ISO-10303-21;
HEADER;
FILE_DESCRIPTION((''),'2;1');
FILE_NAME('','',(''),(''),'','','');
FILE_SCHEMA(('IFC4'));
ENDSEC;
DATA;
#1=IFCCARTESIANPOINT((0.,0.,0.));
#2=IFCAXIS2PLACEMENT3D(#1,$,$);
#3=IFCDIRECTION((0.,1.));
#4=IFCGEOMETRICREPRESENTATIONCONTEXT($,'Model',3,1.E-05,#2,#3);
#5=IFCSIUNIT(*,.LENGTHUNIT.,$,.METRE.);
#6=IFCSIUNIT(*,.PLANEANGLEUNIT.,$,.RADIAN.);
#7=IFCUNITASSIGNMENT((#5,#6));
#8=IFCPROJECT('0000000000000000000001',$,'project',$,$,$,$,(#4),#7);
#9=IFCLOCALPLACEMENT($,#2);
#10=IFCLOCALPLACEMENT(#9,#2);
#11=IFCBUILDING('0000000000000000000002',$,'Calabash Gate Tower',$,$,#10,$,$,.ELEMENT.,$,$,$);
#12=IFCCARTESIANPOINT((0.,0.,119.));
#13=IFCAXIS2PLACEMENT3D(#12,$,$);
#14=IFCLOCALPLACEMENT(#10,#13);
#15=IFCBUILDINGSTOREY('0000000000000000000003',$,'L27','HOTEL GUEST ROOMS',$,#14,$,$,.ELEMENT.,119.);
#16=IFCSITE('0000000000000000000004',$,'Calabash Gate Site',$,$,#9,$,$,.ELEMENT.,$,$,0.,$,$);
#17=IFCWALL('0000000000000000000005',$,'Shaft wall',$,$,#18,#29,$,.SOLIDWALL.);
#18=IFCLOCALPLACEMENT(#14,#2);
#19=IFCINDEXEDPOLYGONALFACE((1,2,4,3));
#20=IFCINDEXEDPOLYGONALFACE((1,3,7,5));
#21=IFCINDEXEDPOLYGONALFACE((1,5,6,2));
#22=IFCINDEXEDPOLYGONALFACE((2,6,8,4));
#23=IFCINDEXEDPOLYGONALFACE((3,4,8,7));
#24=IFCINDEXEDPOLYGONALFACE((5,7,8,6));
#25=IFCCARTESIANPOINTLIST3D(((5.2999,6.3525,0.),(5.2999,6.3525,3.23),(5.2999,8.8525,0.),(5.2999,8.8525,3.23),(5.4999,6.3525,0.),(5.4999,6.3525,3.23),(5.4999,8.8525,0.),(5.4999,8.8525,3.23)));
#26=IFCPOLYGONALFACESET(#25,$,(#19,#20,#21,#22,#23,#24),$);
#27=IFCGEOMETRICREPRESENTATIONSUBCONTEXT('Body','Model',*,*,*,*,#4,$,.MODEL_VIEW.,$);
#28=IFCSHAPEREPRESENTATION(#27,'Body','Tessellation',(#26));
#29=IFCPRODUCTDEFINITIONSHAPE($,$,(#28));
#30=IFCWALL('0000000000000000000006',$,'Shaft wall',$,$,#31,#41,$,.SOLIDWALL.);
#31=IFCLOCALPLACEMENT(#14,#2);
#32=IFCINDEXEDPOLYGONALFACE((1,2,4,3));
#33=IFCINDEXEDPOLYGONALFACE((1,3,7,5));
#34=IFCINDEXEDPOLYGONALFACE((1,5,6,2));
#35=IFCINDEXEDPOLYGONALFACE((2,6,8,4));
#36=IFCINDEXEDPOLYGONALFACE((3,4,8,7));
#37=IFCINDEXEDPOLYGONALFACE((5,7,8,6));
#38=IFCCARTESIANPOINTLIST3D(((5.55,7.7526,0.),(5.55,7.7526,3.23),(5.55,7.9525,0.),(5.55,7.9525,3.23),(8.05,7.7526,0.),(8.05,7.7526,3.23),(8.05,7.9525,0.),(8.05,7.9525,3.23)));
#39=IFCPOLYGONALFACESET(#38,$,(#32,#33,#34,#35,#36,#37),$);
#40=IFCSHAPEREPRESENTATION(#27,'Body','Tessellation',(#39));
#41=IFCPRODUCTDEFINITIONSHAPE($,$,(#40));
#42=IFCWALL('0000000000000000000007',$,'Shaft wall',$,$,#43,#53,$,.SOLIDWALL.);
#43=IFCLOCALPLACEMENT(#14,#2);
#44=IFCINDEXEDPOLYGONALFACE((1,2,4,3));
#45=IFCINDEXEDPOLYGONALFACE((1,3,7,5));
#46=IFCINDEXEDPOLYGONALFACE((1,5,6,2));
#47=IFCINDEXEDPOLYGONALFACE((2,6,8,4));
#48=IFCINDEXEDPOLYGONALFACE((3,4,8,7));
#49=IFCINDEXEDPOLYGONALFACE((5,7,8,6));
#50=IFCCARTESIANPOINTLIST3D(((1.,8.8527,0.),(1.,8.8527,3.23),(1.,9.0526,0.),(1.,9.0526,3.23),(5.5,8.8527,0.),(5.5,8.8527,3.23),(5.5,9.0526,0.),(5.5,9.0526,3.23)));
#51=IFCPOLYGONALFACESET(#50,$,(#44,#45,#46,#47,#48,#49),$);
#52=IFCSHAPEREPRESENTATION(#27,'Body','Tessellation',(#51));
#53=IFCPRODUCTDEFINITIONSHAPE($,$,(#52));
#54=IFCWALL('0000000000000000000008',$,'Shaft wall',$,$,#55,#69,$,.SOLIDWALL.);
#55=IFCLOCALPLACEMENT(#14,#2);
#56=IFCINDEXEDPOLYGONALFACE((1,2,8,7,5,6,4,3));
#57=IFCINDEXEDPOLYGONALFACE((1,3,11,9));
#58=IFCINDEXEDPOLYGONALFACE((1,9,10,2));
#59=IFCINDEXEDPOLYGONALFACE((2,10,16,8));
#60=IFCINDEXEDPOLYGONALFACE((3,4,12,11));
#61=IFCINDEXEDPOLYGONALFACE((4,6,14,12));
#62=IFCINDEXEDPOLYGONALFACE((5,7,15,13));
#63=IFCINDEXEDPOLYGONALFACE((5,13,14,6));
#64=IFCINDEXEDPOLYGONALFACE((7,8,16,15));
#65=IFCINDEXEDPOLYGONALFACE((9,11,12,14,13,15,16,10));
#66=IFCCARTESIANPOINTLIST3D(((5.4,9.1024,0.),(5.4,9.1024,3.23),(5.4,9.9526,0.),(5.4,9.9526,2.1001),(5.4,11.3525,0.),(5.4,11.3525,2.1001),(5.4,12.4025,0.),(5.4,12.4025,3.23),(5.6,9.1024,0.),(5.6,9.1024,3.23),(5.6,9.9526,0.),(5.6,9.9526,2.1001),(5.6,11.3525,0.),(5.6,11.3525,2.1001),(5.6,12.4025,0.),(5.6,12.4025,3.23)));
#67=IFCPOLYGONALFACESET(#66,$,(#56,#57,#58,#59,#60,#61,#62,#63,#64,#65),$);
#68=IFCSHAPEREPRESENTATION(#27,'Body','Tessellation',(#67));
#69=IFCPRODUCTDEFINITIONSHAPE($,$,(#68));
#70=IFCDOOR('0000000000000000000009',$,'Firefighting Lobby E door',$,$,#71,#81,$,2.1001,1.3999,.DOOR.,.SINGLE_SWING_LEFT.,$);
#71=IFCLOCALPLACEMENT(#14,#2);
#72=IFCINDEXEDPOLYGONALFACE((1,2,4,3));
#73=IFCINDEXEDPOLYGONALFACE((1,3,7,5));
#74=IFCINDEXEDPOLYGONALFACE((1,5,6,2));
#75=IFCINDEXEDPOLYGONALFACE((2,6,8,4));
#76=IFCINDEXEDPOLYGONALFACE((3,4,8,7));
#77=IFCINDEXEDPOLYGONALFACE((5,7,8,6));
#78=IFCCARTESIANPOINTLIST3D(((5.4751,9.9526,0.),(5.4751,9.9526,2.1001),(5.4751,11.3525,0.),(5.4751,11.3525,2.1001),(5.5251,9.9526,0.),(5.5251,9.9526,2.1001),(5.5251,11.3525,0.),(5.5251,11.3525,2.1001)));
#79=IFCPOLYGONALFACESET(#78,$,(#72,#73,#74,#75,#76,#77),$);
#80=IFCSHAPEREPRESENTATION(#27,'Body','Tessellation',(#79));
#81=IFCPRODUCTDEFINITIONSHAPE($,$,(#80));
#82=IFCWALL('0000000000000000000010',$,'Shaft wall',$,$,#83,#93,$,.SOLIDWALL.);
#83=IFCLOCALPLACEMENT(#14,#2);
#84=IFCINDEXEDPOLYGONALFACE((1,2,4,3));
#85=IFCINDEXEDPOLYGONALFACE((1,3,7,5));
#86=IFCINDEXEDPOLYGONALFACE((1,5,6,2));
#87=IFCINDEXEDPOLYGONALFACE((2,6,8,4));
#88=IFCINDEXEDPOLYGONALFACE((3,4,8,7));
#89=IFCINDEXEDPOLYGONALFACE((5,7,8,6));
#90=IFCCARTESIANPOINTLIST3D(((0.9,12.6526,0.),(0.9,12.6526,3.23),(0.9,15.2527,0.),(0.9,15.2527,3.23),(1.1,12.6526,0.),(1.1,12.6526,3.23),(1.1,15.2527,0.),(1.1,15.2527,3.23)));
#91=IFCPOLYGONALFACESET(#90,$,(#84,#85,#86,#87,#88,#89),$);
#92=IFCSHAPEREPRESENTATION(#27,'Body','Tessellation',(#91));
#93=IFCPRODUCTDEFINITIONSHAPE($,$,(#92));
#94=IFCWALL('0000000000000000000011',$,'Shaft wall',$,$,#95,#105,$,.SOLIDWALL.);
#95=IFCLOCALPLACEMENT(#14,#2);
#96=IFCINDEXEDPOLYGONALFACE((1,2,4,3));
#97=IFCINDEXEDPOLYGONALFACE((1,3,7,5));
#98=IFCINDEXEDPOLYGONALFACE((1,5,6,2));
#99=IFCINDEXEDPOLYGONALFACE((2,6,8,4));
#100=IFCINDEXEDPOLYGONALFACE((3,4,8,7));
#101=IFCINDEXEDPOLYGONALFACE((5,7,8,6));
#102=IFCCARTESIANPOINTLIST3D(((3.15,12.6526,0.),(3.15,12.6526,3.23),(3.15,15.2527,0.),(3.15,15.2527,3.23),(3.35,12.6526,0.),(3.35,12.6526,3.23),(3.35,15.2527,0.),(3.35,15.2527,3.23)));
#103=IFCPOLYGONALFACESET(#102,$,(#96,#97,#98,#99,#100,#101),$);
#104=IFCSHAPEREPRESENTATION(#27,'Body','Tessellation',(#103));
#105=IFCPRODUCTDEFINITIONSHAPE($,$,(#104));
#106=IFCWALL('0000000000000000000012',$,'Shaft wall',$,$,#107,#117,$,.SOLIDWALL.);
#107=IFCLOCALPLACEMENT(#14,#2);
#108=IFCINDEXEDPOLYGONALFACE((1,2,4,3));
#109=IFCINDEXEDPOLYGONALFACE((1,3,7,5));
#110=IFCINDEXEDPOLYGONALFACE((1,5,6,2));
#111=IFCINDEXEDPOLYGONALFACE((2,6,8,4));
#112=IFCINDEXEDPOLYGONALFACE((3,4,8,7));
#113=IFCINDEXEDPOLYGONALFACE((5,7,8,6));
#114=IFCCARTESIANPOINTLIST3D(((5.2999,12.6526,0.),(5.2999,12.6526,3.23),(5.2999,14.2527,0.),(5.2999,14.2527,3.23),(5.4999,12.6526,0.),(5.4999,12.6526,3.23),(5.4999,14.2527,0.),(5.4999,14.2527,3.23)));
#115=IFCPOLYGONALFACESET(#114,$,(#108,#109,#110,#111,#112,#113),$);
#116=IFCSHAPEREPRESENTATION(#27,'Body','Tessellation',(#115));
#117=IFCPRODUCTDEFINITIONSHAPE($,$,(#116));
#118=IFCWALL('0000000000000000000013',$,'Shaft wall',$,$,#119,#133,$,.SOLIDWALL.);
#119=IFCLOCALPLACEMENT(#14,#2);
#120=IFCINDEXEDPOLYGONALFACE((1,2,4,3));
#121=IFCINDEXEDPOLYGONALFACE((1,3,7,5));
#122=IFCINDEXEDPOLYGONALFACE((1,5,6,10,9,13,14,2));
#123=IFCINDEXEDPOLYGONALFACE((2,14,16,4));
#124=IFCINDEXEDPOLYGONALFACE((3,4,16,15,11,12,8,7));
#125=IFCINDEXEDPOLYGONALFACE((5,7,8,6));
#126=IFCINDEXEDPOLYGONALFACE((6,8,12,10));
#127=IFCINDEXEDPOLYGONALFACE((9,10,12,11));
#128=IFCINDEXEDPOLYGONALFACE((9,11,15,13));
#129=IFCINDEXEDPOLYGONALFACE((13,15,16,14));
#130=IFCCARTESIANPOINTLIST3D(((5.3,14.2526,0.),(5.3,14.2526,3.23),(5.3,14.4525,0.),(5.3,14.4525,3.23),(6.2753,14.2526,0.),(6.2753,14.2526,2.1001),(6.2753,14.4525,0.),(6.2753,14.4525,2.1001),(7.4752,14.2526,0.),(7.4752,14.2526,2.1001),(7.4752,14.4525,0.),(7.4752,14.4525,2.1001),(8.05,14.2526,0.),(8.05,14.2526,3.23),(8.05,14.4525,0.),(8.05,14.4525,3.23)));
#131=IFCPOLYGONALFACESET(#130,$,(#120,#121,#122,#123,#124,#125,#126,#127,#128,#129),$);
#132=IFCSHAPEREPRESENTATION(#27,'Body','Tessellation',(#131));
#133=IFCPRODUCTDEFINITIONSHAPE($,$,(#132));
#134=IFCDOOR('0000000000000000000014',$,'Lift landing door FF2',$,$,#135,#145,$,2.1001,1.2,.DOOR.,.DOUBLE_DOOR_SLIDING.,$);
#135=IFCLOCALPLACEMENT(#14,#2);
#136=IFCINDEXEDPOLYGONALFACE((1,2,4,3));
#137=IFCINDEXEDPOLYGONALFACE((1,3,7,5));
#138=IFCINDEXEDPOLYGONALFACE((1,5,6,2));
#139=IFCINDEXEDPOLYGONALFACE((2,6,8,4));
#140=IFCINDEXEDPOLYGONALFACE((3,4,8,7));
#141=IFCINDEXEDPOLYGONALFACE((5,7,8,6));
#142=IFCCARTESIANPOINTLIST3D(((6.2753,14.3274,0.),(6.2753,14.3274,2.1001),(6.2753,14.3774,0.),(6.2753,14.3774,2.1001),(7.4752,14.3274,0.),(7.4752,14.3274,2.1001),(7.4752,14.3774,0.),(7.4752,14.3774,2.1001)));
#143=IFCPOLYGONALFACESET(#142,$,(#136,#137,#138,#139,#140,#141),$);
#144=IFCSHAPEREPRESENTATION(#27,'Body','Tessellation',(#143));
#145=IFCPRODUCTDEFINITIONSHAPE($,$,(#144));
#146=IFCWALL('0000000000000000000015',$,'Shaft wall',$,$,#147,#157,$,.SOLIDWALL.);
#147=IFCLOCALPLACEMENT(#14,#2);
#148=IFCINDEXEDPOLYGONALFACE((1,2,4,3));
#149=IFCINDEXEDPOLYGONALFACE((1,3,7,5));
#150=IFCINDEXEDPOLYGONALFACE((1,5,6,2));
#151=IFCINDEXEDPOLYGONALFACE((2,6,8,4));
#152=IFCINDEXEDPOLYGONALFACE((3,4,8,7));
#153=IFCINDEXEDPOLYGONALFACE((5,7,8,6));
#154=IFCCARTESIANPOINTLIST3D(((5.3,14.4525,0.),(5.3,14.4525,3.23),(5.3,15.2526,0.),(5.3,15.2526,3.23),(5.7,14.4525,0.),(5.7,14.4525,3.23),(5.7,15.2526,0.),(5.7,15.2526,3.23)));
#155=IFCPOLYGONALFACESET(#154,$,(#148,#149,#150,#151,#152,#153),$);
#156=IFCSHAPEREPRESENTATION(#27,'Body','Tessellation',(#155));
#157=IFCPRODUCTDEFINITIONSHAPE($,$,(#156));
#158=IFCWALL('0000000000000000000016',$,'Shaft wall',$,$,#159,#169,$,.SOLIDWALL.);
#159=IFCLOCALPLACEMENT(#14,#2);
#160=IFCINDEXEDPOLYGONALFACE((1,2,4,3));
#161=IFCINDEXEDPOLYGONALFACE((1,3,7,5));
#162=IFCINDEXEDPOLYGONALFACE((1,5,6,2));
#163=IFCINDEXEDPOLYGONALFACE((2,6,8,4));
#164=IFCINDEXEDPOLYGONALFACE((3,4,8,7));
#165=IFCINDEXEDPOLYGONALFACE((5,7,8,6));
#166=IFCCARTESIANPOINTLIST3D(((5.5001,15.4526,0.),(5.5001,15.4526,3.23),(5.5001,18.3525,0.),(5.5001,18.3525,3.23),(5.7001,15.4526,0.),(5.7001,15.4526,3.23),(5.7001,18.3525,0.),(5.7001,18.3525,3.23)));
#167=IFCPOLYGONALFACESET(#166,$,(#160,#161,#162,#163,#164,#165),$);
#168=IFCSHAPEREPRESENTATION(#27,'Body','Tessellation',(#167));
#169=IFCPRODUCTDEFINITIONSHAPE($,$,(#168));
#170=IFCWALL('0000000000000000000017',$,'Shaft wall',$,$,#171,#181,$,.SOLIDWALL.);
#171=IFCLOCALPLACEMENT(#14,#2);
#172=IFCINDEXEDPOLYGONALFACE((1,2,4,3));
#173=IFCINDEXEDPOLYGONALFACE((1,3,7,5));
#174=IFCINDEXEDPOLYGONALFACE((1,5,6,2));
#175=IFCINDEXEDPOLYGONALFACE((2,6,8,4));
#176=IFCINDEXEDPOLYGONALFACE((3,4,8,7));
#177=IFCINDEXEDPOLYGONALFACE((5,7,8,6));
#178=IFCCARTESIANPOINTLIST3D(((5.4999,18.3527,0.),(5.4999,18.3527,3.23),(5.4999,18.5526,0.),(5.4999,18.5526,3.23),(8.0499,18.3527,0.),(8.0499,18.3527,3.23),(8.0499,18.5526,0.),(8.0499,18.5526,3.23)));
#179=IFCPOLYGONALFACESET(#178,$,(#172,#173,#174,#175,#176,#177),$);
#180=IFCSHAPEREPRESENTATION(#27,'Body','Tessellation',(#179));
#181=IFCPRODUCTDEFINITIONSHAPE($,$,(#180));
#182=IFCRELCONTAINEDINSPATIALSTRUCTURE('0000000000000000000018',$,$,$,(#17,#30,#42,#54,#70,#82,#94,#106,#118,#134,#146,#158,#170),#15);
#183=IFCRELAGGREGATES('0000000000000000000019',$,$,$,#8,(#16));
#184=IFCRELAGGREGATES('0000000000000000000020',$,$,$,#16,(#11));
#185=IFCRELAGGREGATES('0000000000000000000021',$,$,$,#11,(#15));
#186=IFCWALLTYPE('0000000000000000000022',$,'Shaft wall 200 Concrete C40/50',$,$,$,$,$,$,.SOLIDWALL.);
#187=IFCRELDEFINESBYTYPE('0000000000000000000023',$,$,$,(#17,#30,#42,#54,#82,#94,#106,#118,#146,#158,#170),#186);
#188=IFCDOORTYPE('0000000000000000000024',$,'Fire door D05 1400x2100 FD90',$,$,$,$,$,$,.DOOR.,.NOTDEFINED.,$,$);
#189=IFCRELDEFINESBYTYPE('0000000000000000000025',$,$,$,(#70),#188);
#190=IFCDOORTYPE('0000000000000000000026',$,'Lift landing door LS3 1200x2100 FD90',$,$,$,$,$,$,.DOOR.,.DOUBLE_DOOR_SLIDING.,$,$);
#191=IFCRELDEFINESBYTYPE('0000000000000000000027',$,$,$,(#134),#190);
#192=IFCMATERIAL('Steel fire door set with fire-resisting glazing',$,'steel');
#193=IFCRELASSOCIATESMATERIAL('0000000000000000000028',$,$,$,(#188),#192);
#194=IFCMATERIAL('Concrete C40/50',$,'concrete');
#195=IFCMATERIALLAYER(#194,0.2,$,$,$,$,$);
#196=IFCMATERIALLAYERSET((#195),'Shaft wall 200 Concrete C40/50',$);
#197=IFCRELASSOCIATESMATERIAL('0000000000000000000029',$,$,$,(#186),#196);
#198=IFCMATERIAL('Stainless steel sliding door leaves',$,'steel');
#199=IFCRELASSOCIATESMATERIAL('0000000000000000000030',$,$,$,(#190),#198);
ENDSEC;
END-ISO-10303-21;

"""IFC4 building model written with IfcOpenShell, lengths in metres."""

from ifc_helpers import new_model, si_unit, direction, frame, frame_2d, origin, place, context, subcontext, project, spatial, rectangle, extrude, material, layer, layer_set, type_object, element, fill, save


model = new_model("IFC4")

# Units and contexts
model_context = context("Model", 3, precision=1e-05, world=origin(), true_north=direction((0.0, 1.0)))
body_context = subcontext(model_context, "Body", "Model", "MODEL_VIEW")
ifc_project = project(units=[si_unit("LENGTHUNIT", "METRE"), si_unit("PLANEANGLEUNIT", "RADIAN")], contexts=[model_context])

# Site, building, storey
site_placement = place(None, origin())
site = spatial("IfcSite", under=ifc_project, at=site_placement, Name="Calabash Gate Site", CompositionType="ELEMENT", RefElevation=0.0)
building_placement = place(site_placement, origin())
building = spatial("IfcBuilding", under=site, at=building_placement, Name="Calabash Gate Tower", CompositionType="ELEMENT")
storey_placement = place(building_placement, frame((0.0, 0.0, 119.0)))
storey = spatial("IfcBuildingStorey", under=building, at=storey_placement, Name="L27", Description="HOTEL GUEST ROOMS", CompositionType="ELEMENT", Elevation=119.0)

# Shared definitions
ifc_material_1 = material(Name="Steel fire door set with fire-resisting glazing", Category="steel")
door_type_1 = type_object("IfcDoorType", Name="Fire door D05 1400x2100 FD90", OperationType="NOTDEFINED", PredefinedType="DOOR", material=ifc_material_1)

# Walls
ifc_material_2 = material(Name="Concrete C40/50", Category="concrete")
ifc_layer_1 = layer(ifc_material_2, 0.2)
ifc_layer_set_1 = layer_set([ifc_layer_1], Name="Shaft wall 200 Concrete C40/50")
wall_type_1 = type_object("IfcWallType", Name="Shaft wall 200 Concrete C40/50", PredefinedType="SOLIDWALL", material=ifc_layer_set_1)
for number, where, z_axis, x_axis, name in (
    (1, (5.3999, 6.3525, 0.0), (0.0, 0.0, 1.0), (0.0, 1.0, 0.0), "Shaft wall"),
    (2, (5.55, 7.8525, 0.0), (0.0, 0.0, 1.0), (1.0, 0.0, 0.0), "Shaft wall"),
):
    element("IfcWall", number, at=place(storey_placement, frame(where, z_axis=z_axis, x_axis=x_axis)), inside=storey, type_object=wall_type_1, Name=name, PredefinedType="SOLIDWALL", context=body_context, shape_type="SweptSolid", body=[
        extrude(rectangle(XDim=2.5, YDim=0.2, at=frame_2d((1.25, 0.0))), origin(), (0.0, 0.0, 1.0), 3.23),
    ])
wall_1_placement = place(storey_placement, frame((1.0, 8.9526, 0.0), z_axis=(0.0, 0.0, 1.0), x_axis=(1.0, 0.0, 0.0)))
element("IfcWall", 3, at=wall_1_placement, inside=storey, type_object=wall_type_1, Name="Shaft wall", PredefinedType="SOLIDWALL", context=body_context, shape_type="SweptSolid", body=[
    extrude(rectangle(XDim=4.5, YDim=0.2, at=frame_2d((2.25, 0.0))), origin(), (0.0, 0.0, 1.0), 3.23),
])

# Wall, opening, door
wall_2_placement = place(storey_placement, frame((5.5, 9.1025, 0.0), z_axis=(0.0, 0.0, 1.0), x_axis=(0.0, 1.0, 0.0)))
wall_2 = element("IfcWall", 4, at=wall_2_placement, inside=storey, type_object=wall_type_1, Name="Shaft wall", PredefinedType="SOLIDWALL", context=body_context, shape_type="SweptSolid", body=[
    extrude(rectangle(XDim=3.3, YDim=0.2, at=frame_2d((1.6499, 0.0))), origin(), (0.0, 0.0, 1.0), 3.23),
])
opening_1_placement = place(wall_2_placement, frame((0.8501, 0.0, 0.0)))
opening_1 = element("IfcOpeningElement", 5, at=opening_1_placement, cuts=wall_2, PredefinedType="OPENING", context=body_context, shape_type="SweptSolid", body=[
    extrude(rectangle(XDim=1.3999, YDim=2.1001, at=frame_2d((0.7, 1.05))), frame((0.0, 0.1099, 0.0), z_axis=(0.0, -1.0, 0.0), x_axis=(1.0, 0.0, 0.0)), (0.0, 0.0, 1.0), 0.22),
])
door_1_placement = place(opening_1_placement, origin())
door_1 = element("IfcDoor", 6, at=door_1_placement, inside=storey, type_object=door_type_1, Name="Firefighting Lobby E door", OperationType="SINGLE_SWING_LEFT", OverallHeight=2.1001, OverallWidth=1.3999, PredefinedType="DOOR", context=body_context, shape_type="SweptSolid", body=[
    extrude(rectangle(XDim=1.3999, YDim=2.1001, at=frame_2d((0.7, 1.05))), frame((0.0, 0.0249, 0.0), z_axis=(0.0, -1.0, 0.0), x_axis=(1.0, 0.0, 0.0)), (0.0, 0.0, 1.0), 0.05),
])
fill(opening_1, door_1)

# Walls
for number, where, z_axis, x_axis, name in (
    (7, (1.0, 12.6526, 0.0), (0.0, 0.0, 1.0), (0.0, 1.0, 0.0), "Shaft wall"),
    (8, (3.25, 12.6526, 0.0), (0.0, 0.0, 1.0), (0.0, 1.0, 0.0), "Shaft wall"),
):
    element("IfcWall", number, at=place(storey_placement, frame(where, z_axis=z_axis, x_axis=x_axis)), inside=storey, type_object=wall_type_1, Name=name, PredefinedType="SOLIDWALL", context=body_context, shape_type="SweptSolid", body=[
        extrude(rectangle(XDim=2.6001, YDim=0.2, at=frame_2d((1.3, 0.0))), origin(), (0.0, 0.0, 1.0), 3.23),
    ])
wall_3_placement = place(storey_placement, frame((5.3999, 12.6526, 0.0), z_axis=(0.0, 0.0, 1.0), x_axis=(0.0, 1.0, 0.0)))
element("IfcWall", 9, at=wall_3_placement, inside=storey, type_object=wall_type_1, Name="Shaft wall", PredefinedType="SOLIDWALL", context=body_context, shape_type="SweptSolid", body=[
    extrude(rectangle(XDim=1.6001, YDim=0.2, at=frame_2d((0.8, 0.0))), origin(), (0.0, 0.0, 1.0), 3.23),
])

# Wall, opening, door
wall_4_placement = place(storey_placement, frame((5.3, 14.3525, 0.0), z_axis=(0.0, 0.0, 1.0), x_axis=(1.0, 0.0, 0.0)))
wall_4 = element("IfcWall", 10, at=wall_4_placement, inside=storey, type_object=wall_type_1, Name="Shaft wall", PredefinedType="SOLIDWALL", context=body_context, shape_type="SweptSolid", body=[
    extrude(rectangle(XDim=2.75, YDim=0.2, at=frame_2d((1.375, 0.0))), origin(), (0.0, 0.0, 1.0), 3.23),
])
opening_2_placement = place(wall_4_placement, frame((0.9751, 0.0, 0.0)))
opening_2 = element("IfcOpeningElement", 11, at=opening_2_placement, cuts=wall_4, PredefinedType="OPENING", context=body_context, shape_type="SweptSolid", body=[
    extrude(rectangle(XDim=1.2, YDim=2.1001, at=frame_2d((0.6001, 1.05))), frame((0.0, 0.1099, 0.0), z_axis=(0.0, -1.0, 0.0), x_axis=(1.0, 0.0, 0.0)), (0.0, 0.0, 1.0), 0.22),
])
ifc_material_3 = material(Name="Stainless steel sliding door leaves", Category="steel")
door_type_2 = type_object("IfcDoorType", Name="Lift landing door LS3 1200x2100 FD90", OperationType="DOUBLE_DOOR_SLIDING", PredefinedType="DOOR", material=ifc_material_3)
door_2_placement = place(opening_2_placement, origin())
door_2 = element("IfcDoor", 12, at=door_2_placement, inside=storey, type_object=door_type_2, Name="Lift landing door FF2", OperationType="DOUBLE_DOOR_SLIDING", OverallHeight=2.1001, OverallWidth=1.2, PredefinedType="DOOR", context=body_context, shape_type="SweptSolid", body=[
    extrude(rectangle(XDim=1.2, YDim=2.1001, at=frame_2d((0.6001, 1.05))), frame((0.0, 0.0249, 0.0), z_axis=(0.0, -1.0, 0.0), x_axis=(1.0, 0.0, 0.0)), (0.0, 0.0, 1.0), 0.05),
])
fill(opening_2, door_2)

# Walls
wall_5_placement = place(storey_placement, frame((5.5, 14.4526, 0.0), z_axis=(0.0, 0.0, 1.0), x_axis=(0.0, 1.0, 0.0)))
element("IfcWall", 13, at=wall_5_placement, inside=storey, type_object=wall_type_1, Name="Shaft wall", PredefinedType="SOLIDWALL", context=body_context, shape_type="SweptSolid", body=[
    extrude(rectangle(XDim=0.8, YDim=0.3999, at=frame_2d((0.3999, 0.0))), origin(), (0.0, 0.0, 1.0), 3.23),
])
wall_6_placement = place(storey_placement, frame((5.6001, 15.4526, 0.0), z_axis=(0.0, 0.0, 1.0), x_axis=(0.0, 1.0, 0.0)))
element("IfcWall", 14, at=wall_6_placement, inside=storey, type_object=wall_type_1, Name="Shaft wall", PredefinedType="SOLIDWALL", context=body_context, shape_type="SweptSolid", body=[
    extrude(rectangle(XDim=2.8999, YDim=0.2, at=frame_2d((1.45, 0.0))), origin(), (0.0, 0.0, 1.0), 3.23),
])
wall_7_placement = place(storey_placement, frame((5.5, 18.4526, 0.0), z_axis=(0.0, 0.0, 1.0), x_axis=(1.0, 0.0, 0.0)))
element("IfcWall", 15, at=wall_7_placement, inside=storey, type_object=wall_type_1, Name="Shaft wall", PredefinedType="SOLIDWALL", context=body_context, shape_type="SweptSolid", body=[
    extrude(rectangle(XDim=2.55, YDim=0.2, at=frame_2d((1.2749, 0.0))), origin(), (0.0, 0.0, 1.0), 3.23),
])

save(model, "model.ifc")
